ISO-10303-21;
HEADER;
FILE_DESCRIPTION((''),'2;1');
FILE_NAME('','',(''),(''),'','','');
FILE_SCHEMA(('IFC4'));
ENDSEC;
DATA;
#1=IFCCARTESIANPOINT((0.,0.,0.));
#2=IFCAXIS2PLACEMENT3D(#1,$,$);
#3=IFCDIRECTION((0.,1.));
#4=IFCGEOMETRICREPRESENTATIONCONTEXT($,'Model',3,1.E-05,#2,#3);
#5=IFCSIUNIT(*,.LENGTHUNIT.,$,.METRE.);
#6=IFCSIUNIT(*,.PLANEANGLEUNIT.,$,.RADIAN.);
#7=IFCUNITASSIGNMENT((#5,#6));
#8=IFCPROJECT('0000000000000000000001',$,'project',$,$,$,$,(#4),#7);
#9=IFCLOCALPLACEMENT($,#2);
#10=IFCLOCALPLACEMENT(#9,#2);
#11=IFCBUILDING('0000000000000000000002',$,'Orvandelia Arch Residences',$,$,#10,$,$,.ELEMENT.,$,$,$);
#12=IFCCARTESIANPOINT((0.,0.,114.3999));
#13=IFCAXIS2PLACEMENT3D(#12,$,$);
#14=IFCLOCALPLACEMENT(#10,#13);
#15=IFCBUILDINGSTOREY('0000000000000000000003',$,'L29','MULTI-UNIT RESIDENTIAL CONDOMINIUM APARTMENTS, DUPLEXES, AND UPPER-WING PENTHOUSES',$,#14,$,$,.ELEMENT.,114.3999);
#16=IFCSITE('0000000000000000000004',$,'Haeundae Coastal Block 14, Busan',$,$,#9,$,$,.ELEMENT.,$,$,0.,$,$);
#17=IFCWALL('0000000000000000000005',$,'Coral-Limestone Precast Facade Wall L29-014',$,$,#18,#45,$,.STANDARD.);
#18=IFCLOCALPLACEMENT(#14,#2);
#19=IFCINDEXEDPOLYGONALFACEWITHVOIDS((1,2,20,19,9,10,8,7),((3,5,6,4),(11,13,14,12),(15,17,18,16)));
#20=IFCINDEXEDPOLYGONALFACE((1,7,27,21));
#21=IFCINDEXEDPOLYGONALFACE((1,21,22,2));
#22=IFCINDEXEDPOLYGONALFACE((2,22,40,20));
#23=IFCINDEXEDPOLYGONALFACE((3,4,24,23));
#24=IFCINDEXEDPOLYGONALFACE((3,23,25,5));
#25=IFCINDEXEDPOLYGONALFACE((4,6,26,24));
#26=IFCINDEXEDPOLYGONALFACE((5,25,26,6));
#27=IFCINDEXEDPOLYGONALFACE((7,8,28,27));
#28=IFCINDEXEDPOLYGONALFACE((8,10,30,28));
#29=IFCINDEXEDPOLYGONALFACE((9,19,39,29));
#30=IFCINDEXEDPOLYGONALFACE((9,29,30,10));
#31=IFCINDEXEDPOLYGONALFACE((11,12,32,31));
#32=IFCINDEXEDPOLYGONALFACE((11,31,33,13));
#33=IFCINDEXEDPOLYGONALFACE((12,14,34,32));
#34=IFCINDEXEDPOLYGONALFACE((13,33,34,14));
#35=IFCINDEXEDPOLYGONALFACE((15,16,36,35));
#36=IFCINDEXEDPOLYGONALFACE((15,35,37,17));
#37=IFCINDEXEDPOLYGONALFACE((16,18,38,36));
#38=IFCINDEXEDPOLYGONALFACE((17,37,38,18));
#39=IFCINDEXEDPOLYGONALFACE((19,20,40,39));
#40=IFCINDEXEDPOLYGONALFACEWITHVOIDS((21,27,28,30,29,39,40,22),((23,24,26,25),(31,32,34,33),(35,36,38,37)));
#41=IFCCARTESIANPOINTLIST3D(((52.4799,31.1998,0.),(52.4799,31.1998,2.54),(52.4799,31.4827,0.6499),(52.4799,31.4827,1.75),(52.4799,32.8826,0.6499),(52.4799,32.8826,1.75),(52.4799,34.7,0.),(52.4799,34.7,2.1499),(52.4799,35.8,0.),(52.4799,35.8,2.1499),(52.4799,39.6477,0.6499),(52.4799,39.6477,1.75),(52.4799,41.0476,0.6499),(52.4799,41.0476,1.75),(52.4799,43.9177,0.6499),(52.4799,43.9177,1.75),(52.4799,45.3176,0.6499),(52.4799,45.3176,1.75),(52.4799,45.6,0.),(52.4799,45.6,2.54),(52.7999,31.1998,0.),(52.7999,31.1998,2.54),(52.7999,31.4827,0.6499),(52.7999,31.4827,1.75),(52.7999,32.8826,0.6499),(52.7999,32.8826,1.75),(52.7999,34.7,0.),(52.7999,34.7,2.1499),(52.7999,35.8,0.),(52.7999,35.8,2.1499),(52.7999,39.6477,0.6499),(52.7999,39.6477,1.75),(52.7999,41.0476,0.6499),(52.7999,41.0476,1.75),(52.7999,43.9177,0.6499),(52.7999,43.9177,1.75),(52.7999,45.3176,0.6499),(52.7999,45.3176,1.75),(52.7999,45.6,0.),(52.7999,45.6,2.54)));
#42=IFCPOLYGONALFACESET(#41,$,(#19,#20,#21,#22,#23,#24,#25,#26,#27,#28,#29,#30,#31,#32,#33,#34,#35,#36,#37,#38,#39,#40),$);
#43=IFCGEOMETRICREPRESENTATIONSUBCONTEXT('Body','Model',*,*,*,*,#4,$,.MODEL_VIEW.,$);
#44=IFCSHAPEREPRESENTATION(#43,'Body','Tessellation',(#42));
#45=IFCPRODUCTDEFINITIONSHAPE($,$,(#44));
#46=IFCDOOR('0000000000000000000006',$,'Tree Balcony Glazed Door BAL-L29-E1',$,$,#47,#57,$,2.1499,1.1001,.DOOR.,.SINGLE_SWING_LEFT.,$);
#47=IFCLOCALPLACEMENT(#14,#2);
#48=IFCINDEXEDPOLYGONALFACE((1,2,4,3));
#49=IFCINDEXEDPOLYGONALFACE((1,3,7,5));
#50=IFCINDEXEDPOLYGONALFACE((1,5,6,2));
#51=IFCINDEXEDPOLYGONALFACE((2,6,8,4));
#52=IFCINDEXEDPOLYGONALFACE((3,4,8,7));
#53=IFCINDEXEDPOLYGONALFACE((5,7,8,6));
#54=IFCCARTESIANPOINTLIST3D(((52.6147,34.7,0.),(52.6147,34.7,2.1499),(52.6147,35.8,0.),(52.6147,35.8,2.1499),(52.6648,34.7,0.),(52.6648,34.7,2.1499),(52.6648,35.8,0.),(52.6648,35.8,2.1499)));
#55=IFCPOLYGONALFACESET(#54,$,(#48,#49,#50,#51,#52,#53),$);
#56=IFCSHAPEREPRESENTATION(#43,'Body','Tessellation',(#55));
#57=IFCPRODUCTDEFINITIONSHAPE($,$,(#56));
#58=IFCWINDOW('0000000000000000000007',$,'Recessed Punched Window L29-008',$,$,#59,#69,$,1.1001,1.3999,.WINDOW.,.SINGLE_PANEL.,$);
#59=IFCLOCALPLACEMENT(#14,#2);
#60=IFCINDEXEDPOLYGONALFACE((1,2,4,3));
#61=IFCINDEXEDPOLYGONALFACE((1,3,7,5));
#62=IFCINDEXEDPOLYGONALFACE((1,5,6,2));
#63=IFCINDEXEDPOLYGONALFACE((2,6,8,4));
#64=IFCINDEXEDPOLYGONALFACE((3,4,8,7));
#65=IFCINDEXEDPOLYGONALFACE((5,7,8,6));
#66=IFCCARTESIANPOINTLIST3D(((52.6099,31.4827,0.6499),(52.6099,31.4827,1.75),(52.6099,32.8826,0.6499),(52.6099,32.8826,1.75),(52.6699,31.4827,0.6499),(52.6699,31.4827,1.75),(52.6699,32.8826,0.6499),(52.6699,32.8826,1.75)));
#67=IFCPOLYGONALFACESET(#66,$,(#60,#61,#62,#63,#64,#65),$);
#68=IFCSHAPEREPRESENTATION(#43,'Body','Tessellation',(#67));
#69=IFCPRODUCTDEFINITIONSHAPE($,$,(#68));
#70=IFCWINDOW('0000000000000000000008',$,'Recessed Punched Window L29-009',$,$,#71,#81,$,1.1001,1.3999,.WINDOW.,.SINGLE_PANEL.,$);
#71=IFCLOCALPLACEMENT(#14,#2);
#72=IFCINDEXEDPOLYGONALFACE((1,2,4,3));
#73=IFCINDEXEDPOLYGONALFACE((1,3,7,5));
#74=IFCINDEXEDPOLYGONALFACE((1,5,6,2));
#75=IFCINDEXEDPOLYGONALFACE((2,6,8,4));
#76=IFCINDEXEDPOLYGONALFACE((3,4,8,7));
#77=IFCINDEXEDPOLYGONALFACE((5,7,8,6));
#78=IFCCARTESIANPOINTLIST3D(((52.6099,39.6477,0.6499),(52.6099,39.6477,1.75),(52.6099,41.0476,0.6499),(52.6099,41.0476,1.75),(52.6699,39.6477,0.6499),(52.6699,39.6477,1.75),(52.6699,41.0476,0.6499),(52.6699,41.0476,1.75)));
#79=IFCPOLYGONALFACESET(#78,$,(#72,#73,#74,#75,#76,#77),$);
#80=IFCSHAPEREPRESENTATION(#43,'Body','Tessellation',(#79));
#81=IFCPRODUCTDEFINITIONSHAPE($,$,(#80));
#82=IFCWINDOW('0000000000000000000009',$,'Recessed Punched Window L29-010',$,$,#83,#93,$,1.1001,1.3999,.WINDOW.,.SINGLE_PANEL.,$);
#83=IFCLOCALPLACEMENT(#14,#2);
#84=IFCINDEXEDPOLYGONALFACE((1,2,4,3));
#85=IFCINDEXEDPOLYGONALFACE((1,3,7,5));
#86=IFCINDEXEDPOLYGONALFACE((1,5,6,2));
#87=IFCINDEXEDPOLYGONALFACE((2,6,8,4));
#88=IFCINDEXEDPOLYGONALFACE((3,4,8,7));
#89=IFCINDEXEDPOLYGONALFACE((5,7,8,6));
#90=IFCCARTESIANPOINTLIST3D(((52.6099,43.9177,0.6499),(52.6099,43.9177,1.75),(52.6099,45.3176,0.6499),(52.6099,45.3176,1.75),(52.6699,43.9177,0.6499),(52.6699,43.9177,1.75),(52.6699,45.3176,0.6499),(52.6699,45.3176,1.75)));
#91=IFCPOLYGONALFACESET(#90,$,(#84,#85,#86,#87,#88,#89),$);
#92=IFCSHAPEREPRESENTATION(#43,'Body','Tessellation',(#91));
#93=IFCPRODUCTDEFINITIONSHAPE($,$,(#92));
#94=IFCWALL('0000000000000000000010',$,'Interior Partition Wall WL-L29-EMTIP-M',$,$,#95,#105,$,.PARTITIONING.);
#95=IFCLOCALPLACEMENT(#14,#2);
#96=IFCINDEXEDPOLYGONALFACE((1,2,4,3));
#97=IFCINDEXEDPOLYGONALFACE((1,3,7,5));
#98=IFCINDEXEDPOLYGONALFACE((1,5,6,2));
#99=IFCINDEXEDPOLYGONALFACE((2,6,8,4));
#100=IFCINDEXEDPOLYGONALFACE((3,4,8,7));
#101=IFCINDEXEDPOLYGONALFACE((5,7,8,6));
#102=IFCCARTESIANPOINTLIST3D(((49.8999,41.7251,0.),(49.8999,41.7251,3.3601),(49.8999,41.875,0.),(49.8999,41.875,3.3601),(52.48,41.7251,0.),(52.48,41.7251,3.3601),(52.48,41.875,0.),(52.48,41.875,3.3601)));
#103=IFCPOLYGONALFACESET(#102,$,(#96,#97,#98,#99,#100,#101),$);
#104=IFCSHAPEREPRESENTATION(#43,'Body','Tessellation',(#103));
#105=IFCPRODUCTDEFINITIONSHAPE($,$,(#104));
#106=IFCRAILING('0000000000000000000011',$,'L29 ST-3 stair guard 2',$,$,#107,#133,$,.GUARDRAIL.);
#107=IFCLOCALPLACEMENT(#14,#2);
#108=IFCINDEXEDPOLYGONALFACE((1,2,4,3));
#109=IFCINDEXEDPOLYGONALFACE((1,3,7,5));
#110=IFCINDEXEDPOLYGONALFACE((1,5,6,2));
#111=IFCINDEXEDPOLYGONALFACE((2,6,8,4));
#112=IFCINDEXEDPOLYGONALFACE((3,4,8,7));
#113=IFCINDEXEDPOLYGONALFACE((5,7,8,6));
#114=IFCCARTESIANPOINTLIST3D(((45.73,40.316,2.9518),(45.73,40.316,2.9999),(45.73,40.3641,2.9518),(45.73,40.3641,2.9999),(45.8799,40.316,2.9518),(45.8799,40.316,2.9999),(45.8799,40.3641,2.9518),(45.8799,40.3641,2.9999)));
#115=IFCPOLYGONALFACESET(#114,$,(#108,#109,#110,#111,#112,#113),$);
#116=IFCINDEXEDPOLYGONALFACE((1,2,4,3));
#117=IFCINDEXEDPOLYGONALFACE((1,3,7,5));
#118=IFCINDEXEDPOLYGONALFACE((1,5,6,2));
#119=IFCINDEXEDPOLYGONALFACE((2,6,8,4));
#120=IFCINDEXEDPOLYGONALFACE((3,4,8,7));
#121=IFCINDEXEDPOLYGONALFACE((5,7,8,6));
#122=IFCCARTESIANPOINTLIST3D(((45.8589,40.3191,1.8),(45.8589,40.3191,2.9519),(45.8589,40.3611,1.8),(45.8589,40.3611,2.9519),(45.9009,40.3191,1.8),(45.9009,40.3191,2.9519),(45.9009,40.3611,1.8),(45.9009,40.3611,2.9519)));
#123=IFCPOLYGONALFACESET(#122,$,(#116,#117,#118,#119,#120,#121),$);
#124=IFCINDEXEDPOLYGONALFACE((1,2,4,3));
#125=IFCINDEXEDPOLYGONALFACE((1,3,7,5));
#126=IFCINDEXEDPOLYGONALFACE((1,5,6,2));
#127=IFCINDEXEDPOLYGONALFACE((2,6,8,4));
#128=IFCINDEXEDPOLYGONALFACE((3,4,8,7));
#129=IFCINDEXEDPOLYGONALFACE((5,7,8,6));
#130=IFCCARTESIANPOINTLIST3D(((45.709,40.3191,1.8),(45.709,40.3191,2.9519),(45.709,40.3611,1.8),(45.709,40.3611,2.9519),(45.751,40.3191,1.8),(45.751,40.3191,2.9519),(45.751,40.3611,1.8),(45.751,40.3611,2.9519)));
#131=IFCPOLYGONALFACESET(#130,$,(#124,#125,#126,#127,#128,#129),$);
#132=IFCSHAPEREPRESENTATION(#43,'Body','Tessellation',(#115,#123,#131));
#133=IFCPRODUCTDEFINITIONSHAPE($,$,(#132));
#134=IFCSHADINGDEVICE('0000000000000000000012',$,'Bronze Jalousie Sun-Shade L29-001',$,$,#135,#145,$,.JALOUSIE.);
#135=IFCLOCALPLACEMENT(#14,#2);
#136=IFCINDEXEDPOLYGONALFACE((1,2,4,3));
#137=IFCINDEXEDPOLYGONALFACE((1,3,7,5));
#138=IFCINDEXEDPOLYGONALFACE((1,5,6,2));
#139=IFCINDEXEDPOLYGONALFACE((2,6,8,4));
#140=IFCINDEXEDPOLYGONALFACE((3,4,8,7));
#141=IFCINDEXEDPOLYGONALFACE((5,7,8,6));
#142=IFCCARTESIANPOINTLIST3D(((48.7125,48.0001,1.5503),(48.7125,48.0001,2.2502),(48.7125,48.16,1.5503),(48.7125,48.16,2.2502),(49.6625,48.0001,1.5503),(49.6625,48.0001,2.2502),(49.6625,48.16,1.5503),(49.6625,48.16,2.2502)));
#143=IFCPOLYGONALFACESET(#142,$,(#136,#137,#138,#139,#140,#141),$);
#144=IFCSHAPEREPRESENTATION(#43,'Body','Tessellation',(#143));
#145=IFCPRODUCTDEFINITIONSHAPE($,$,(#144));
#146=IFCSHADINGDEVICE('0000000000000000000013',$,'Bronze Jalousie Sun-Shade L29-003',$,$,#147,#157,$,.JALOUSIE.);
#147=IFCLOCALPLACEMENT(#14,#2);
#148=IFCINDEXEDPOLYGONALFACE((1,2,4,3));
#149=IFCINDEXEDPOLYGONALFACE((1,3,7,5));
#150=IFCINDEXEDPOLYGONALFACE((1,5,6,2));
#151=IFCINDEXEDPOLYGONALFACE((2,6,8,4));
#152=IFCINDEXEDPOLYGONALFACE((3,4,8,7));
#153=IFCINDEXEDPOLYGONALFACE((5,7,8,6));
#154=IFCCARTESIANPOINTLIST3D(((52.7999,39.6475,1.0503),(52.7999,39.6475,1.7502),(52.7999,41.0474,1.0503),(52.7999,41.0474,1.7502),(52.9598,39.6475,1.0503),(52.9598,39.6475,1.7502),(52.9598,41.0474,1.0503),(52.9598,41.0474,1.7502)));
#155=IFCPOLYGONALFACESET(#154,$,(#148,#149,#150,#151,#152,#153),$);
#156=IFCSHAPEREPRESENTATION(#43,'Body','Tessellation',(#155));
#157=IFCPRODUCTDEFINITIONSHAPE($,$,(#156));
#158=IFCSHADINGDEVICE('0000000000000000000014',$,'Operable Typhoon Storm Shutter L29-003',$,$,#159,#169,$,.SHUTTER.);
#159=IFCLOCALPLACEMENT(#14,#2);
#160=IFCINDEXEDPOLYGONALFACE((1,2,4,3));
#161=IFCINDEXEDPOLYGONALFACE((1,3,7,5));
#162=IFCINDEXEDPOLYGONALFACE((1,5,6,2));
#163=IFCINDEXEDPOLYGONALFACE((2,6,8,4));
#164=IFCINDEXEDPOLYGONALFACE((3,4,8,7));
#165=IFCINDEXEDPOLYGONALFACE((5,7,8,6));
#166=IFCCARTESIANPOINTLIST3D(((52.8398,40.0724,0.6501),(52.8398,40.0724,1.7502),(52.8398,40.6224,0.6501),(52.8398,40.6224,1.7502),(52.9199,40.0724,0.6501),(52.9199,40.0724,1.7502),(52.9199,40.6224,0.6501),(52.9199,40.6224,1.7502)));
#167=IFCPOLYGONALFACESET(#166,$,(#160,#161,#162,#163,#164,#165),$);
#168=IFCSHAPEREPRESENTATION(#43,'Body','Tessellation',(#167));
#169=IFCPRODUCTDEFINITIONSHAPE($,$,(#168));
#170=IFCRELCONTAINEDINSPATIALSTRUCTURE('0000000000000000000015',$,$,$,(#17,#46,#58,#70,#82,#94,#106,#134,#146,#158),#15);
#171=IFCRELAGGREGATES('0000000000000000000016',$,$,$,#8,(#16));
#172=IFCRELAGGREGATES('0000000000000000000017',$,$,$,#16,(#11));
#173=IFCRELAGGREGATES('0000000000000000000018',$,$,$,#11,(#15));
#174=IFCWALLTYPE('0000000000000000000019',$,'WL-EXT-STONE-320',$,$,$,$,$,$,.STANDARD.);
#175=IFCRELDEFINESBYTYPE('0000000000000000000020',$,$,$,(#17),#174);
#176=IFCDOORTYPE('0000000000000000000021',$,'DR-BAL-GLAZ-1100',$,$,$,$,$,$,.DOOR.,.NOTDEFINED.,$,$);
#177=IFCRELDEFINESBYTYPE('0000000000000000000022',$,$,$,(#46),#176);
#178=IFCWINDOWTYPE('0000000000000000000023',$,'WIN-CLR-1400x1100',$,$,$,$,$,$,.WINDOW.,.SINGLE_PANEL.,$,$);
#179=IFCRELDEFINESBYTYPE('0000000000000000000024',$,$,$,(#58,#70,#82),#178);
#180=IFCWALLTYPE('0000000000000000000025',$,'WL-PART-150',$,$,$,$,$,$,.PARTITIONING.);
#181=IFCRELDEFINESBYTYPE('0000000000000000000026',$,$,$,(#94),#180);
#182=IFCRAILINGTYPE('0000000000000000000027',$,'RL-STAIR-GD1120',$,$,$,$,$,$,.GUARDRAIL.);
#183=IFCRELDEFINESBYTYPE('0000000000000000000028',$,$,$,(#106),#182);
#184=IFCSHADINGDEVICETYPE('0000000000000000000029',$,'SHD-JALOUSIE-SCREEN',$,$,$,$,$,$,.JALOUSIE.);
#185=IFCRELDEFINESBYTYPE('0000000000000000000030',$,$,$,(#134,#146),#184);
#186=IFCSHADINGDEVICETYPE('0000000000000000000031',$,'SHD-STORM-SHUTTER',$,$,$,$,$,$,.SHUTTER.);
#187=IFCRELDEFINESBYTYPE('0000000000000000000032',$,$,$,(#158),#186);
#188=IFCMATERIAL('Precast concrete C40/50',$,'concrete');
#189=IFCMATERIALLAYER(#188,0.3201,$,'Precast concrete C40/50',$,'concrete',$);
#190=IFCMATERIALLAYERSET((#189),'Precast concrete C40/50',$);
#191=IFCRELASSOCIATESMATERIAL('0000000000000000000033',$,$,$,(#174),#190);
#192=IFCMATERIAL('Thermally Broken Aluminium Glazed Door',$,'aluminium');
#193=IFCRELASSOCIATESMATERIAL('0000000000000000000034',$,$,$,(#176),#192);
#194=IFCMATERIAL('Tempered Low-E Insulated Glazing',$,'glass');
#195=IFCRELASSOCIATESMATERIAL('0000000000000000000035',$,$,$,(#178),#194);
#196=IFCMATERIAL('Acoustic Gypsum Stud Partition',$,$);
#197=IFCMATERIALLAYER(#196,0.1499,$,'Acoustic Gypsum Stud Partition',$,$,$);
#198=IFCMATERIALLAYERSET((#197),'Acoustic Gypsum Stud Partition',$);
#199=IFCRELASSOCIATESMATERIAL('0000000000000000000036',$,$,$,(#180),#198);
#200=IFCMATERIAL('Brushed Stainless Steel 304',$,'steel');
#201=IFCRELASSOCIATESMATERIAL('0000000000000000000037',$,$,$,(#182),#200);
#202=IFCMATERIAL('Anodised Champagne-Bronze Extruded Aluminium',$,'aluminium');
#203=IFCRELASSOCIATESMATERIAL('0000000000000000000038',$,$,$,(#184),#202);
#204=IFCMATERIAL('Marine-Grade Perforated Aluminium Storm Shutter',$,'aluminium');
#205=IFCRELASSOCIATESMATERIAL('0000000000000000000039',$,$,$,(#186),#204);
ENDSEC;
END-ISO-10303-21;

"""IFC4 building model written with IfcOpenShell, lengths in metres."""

from ifc_helpers import new_model, si_unit, direction, frame, frame_2d, origin, origin_2d, place, context, subcontext, project, spatial, rectangle, extrude, material, layer, layer_set, type_object, element, fill, save


model = new_model("IFC4")

# Units and contexts
model_context = context("Model", 3, precision=1e-05, world=origin(), true_north=direction((0.0, 1.0)))
body_context = subcontext(model_context, "Body", "Model", "MODEL_VIEW")
ifc_project = project(units=[si_unit("LENGTHUNIT", "METRE"), si_unit("PLANEANGLEUNIT", "RADIAN")], contexts=[model_context])

# Site, building, storey
site_placement = place(None, origin())
site = spatial("IfcSite", under=ifc_project, at=site_placement, Name="Haeundae Coastal Block 14, Busan", CompositionType="ELEMENT", RefElevation=0.0)
building_placement = place(site_placement, origin())
building = spatial("IfcBuilding", under=site, at=building_placement, Name="Orvandelia Arch Residences", CompositionType="ELEMENT")
storey_placement = place(building_placement, frame((0.0, 0.0, 114.3999)))
storey = spatial("IfcBuildingStorey", under=building, at=storey_placement, Name="L29", Description="MULTI-UNIT RESIDENTIAL CONDOMINIUM APARTMENTS, DUPLEXES, AND UPPER-WING PENTHOUSES", CompositionType="ELEMENT", Elevation=114.3999)

# Shared definitions
ifc_material_1 = material(Name="Precast concrete C40/50", Category="concrete")
ifc_layer_1 = layer(ifc_material_1, 0.3201, Name="Precast concrete C40/50", Category="concrete")
ifc_layer_set_1 = layer_set([ifc_layer_1], Name="Precast concrete C40/50")
wall_type_1 = type_object("IfcWallType", Name="WL-EXT-STONE-320", PredefinedType="STANDARD", material=ifc_layer_set_1)

# Wall, openings, door, windows
wall_1_placement = place(storey_placement, frame((52.6399, 45.6001, 0.0), z_axis=(0.0, 0.0, 1.0), x_axis=(0.0, -1.0, 0.0)))
wall_1 = element("IfcWall", 1, at=wall_1_placement, inside=storey, type_object=wall_type_1, Name="Coral-Limestone Precast Facade Wall L29-014", PredefinedType="STANDARD", context=body_context, shape_type="SweptSolid", body=[
    extrude(rectangle(XDim=14.4001, YDim=0.3201, at=frame_2d((7.2002, 0.0))), origin(), (0.0, 0.0, 1.0), 2.54),
])
opening_1_placement = place(wall_1_placement, frame((9.8, 0.0, 0.0)))
opening_1 = element("IfcOpeningElement", 2, at=opening_1_placement, cuts=wall_1, PredefinedType="OPENING", context=body_context, shape_type="SweptSolid", body=[
    extrude(rectangle(XDim=1.1001, YDim=2.1499, at=frame_2d((0.55, 1.075))), frame((0.0, 0.1699, 0.0), z_axis=(0.0, -1.0, 0.0), x_axis=(1.0, 0.0, 0.0)), (0.0, 0.0, 1.0), 0.3401),
])
opening_2_placement = place(wall_1_placement, frame((12.7175, 0.0, 0.6499)))
opening_2 = element("IfcOpeningElement", 3, at=opening_2_placement, cuts=wall_1, PredefinedType="OPENING", context=body_context, shape_type="SweptSolid", body=[
    extrude(rectangle(XDim=1.3999, YDim=1.1001, at=frame_2d((0.7, 0.55))), frame((0.0, 0.1699, 0.0), z_axis=(0.0, -1.0, 0.0), x_axis=(1.0, 0.0, 0.0)), (0.0, 0.0, 1.0), 0.3401),
])
opening_3_placement = place(wall_1_placement, frame((4.5525, 0.0, 0.6499)))
opening_3 = element("IfcOpeningElement", 4, at=opening_3_placement, cuts=wall_1, PredefinedType="OPENING", context=body_context, shape_type="SweptSolid", body=[
    extrude(rectangle(XDim=1.3999, YDim=1.1001, at=frame_2d((0.7, 0.55))), frame((0.0, 0.1699, 0.0), z_axis=(0.0, -1.0, 0.0), x_axis=(1.0, 0.0, 0.0)), (0.0, 0.0, 1.0), 0.3401),
])
opening_4_placement = place(wall_1_placement, frame((0.2825, 0.0, 0.6499)))
opening_4 = element("IfcOpeningElement", 5, at=opening_4_placement, cuts=wall_1, PredefinedType="OPENING", context=body_context, shape_type="SweptSolid", body=[
    extrude(rectangle(XDim=1.3999, YDim=1.1001, at=frame_2d((0.7, 0.55))), frame((0.0, 0.1699, 0.0), z_axis=(0.0, -1.0, 0.0), x_axis=(1.0, 0.0, 0.0)), (0.0, 0.0, 1.0), 0.3401),
])
ifc_material_2 = material(Name="Thermally Broken Aluminium Glazed Door", Category="aluminium")
door_type = type_object("IfcDoorType", Name="DR-BAL-GLAZ-1100", OperationType="NOTDEFINED", PredefinedType="DOOR", material=ifc_material_2)
door_placement = place(opening_1_placement, origin())
door = element("IfcDoor", 6, at=door_placement, inside=storey, type_object=door_type, Name="Tree Balcony Glazed Door BAL-L29-E1", OperationType="SINGLE_SWING_LEFT", OverallHeight=2.1499, OverallWidth=1.1001, PredefinedType="DOOR", context=body_context, shape_type="SweptSolid", body=[
    extrude(rectangle(XDim=1.1001, YDim=2.1499, at=frame_2d((0.55, 1.075))), frame((0.0, 0.0249, 0.0), z_axis=(0.0, -1.0, 0.0), x_axis=(1.0, 0.0, 0.0)), (0.0, 0.0, 1.0), 0.05),
])
fill(opening_1, door)
ifc_material_3 = material(Name="Tempered Low-E Insulated Glazing", Category="glass")
window_type = type_object("IfcWindowType", Name="WIN-CLR-1400x1100", PartitioningType="SINGLE_PANEL", PredefinedType="WINDOW", material=ifc_material_3)
window_1_placement = place(opening_2_placement, origin())
window_1 = element("IfcWindow", 7, at=window_1_placement, inside=storey, type_object=window_type, Name="Recessed Punched Window L29-008", OverallHeight=1.1001, OverallWidth=1.3999, PartitioningType="SINGLE_PANEL", PredefinedType="WINDOW", context=body_context, shape_type="SweptSolid", body=[
    extrude(rectangle(XDim=1.3999, YDim=1.1001, at=frame_2d((0.7, 0.55))), frame((0.0, 0.03, 0.0), z_axis=(0.0, -1.0, 0.0), x_axis=(1.0, 0.0, 0.0)), (0.0, 0.0, 1.0), 0.0601),
])
fill(opening_2, window_1)
window_2_placement = place(opening_3_placement, origin())
window_2 = element("IfcWindow", 8, at=window_2_placement, inside=storey, type_object=window_type, Name="Recessed Punched Window L29-009", OverallHeight=1.1001, OverallWidth=1.3999, PartitioningType="SINGLE_PANEL", PredefinedType="WINDOW", context=body_context, shape_type="SweptSolid", body=[
    extrude(rectangle(XDim=1.3999, YDim=1.1001, at=frame_2d((0.7, 0.55))), frame((0.0, 0.03, 0.0), z_axis=(0.0, -1.0, 0.0), x_axis=(1.0, 0.0, 0.0)), (0.0, 0.0, 1.0), 0.0601),
])
fill(opening_3, window_2)
window_3_placement = place(opening_4_placement, origin())
window_3 = element("IfcWindow", 9, at=window_3_placement, inside=storey, type_object=window_type, Name="Recessed Punched Window L29-010", OverallHeight=1.1001, OverallWidth=1.3999, PartitioningType="SINGLE_PANEL", PredefinedType="WINDOW", context=body_context, shape_type="SweptSolid", body=[
    extrude(rectangle(XDim=1.3999, YDim=1.1001, at=frame_2d((0.7, 0.55))), frame((0.0, 0.03, 0.0), z_axis=(0.0, -1.0, 0.0), x_axis=(1.0, 0.0, 0.0)), (0.0, 0.0, 1.0), 0.0601),
])
fill(opening_4, window_3)

# Wall
ifc_material_4 = material(Name="Acoustic Gypsum Stud Partition")
ifc_layer_2 = layer(ifc_material_4, 0.1499, Name="Acoustic Gypsum Stud Partition")
ifc_layer_set_2 = layer_set([ifc_layer_2], Name="Acoustic Gypsum Stud Partition")
wall_type_2 = type_object("IfcWallType", Name="WL-PART-150", PredefinedType="PARTITIONING", material=ifc_layer_set_2)
wall_2_placement = place(storey_placement, frame((49.8999, 41.8, 0.0), z_axis=(0.0, 0.0, 1.0), x_axis=(1.0, 0.0, 0.0)))
element("IfcWall", 10, at=wall_2_placement, inside=storey, type_object=wall_type_2, Name="Interior Partition Wall WL-L29-EMTIP-M", PredefinedType="PARTITIONING", context=body_context, shape_type="SweptSolid", body=[
    extrude(rectangle(XDim=2.5801, YDim=0.1499, at=frame_2d((1.29, 0.0))), origin(), (0.0, 0.0, 1.0), 3.3601),
])

# Railing
ifc_material_5 = material(Name="Brushed Stainless Steel 304", Category="steel")
railing_type = type_object("IfcRailingType", Name="RL-STAIR-GD1120", PredefinedType="GUARDRAIL", material=ifc_material_5)
railing_placement = place(storey_placement, frame((45.8799, 40.3401, 1.8)))
element("IfcRailing", 11, at=railing_placement, inside=storey, type_object=railing_type, Name="L29 ST-3 stair guard 2", PredefinedType="GUARDRAIL", context=body_context, shape_type="SweptSolid", body=[
    extrude(rectangle(XDim=0.0481, YDim=0.0481, at=origin_2d()), frame((0.0, 0.0, 1.1758), z_axis=(-1.0, 0.0, 0.0), x_axis=(0.0, -1.0, 0.0)), (0.0, 0.0, 1.0), 0.1499),
    extrude(rectangle(XDim=0.042, YDim=0.042, at=origin_2d()), origin(), (0.0, 0.0, 1.0), 1.1519),
    extrude(rectangle(XDim=0.042, YDim=0.042, at=origin_2d()), frame((-0.1499, 0.0, 0.0)), (0.0, 0.0, 1.0), 1.1519),
])

# Shading devices
ifc_material_6 = material(Name="Anodised Champagne-Bronze Extruded Aluminium", Category="aluminium")
shading_device_type_1 = type_object("IfcShadingDeviceType", Name="SHD-JALOUSIE-SCREEN", PredefinedType="JALOUSIE", material=ifc_material_6)
shading_device_1_placement = place(storey_placement, frame((49.1875, 48.0801, 1.5503), z_axis=(0.0, 0.0, 1.0), x_axis=(1.0, 0.0, 0.0)))
element("IfcShadingDevice", 12, at=shading_device_1_placement, inside=storey, type_object=shading_device_type_1, Name="Bronze Jalousie Sun-Shade L29-001", PredefinedType="JALOUSIE", context=body_context, shape_type="SweptSolid", body=[
    extrude(rectangle(XDim=0.95, YDim=0.1599, at=origin_2d()), origin(), (0.0, 0.0, 1.0), 0.7),
])
shading_device_2_placement = place(storey_placement, frame((52.8799, 40.3474, 1.0503), z_axis=(0.0, 0.0, 1.0), x_axis=(0.0, -1.0, 0.0)))
element("IfcShadingDevice", 13, at=shading_device_2_placement, inside=storey, type_object=shading_device_type_1, Name="Bronze Jalousie Sun-Shade L29-003", PredefinedType="JALOUSIE", context=body_context, shape_type="SweptSolid", body=[
    extrude(rectangle(XDim=1.3999, YDim=0.1599, at=origin_2d()), origin(), (0.0, 0.0, 1.0), 0.7),
])
ifc_material_7 = material(Name="Marine-Grade Perforated Aluminium Storm Shutter", Category="aluminium")
shading_device_type_2 = type_object("IfcShadingDeviceType", Name="SHD-STORM-SHUTTER", PredefinedType="SHUTTER", material=ifc_material_7)
shading_device_3_placement = place(storey_placement, frame((52.8799, 40.3474, 0.6501), z_axis=(0.0, 0.0, 1.0), x_axis=(0.0, -1.0, 0.0)))
element("IfcShadingDevice", 14, at=shading_device_3_placement, inside=storey, type_object=shading_device_type_2, Name="Operable Typhoon Storm Shutter L29-003", PredefinedType="SHUTTER", context=body_context, shape_type="SweptSolid", body=[
    extrude(rectangle(XDim=0.55, YDim=0.0801, at=origin_2d()), origin(), (0.0, 0.0, 1.0), 1.1001),
])

save(model, "model.ifc")
